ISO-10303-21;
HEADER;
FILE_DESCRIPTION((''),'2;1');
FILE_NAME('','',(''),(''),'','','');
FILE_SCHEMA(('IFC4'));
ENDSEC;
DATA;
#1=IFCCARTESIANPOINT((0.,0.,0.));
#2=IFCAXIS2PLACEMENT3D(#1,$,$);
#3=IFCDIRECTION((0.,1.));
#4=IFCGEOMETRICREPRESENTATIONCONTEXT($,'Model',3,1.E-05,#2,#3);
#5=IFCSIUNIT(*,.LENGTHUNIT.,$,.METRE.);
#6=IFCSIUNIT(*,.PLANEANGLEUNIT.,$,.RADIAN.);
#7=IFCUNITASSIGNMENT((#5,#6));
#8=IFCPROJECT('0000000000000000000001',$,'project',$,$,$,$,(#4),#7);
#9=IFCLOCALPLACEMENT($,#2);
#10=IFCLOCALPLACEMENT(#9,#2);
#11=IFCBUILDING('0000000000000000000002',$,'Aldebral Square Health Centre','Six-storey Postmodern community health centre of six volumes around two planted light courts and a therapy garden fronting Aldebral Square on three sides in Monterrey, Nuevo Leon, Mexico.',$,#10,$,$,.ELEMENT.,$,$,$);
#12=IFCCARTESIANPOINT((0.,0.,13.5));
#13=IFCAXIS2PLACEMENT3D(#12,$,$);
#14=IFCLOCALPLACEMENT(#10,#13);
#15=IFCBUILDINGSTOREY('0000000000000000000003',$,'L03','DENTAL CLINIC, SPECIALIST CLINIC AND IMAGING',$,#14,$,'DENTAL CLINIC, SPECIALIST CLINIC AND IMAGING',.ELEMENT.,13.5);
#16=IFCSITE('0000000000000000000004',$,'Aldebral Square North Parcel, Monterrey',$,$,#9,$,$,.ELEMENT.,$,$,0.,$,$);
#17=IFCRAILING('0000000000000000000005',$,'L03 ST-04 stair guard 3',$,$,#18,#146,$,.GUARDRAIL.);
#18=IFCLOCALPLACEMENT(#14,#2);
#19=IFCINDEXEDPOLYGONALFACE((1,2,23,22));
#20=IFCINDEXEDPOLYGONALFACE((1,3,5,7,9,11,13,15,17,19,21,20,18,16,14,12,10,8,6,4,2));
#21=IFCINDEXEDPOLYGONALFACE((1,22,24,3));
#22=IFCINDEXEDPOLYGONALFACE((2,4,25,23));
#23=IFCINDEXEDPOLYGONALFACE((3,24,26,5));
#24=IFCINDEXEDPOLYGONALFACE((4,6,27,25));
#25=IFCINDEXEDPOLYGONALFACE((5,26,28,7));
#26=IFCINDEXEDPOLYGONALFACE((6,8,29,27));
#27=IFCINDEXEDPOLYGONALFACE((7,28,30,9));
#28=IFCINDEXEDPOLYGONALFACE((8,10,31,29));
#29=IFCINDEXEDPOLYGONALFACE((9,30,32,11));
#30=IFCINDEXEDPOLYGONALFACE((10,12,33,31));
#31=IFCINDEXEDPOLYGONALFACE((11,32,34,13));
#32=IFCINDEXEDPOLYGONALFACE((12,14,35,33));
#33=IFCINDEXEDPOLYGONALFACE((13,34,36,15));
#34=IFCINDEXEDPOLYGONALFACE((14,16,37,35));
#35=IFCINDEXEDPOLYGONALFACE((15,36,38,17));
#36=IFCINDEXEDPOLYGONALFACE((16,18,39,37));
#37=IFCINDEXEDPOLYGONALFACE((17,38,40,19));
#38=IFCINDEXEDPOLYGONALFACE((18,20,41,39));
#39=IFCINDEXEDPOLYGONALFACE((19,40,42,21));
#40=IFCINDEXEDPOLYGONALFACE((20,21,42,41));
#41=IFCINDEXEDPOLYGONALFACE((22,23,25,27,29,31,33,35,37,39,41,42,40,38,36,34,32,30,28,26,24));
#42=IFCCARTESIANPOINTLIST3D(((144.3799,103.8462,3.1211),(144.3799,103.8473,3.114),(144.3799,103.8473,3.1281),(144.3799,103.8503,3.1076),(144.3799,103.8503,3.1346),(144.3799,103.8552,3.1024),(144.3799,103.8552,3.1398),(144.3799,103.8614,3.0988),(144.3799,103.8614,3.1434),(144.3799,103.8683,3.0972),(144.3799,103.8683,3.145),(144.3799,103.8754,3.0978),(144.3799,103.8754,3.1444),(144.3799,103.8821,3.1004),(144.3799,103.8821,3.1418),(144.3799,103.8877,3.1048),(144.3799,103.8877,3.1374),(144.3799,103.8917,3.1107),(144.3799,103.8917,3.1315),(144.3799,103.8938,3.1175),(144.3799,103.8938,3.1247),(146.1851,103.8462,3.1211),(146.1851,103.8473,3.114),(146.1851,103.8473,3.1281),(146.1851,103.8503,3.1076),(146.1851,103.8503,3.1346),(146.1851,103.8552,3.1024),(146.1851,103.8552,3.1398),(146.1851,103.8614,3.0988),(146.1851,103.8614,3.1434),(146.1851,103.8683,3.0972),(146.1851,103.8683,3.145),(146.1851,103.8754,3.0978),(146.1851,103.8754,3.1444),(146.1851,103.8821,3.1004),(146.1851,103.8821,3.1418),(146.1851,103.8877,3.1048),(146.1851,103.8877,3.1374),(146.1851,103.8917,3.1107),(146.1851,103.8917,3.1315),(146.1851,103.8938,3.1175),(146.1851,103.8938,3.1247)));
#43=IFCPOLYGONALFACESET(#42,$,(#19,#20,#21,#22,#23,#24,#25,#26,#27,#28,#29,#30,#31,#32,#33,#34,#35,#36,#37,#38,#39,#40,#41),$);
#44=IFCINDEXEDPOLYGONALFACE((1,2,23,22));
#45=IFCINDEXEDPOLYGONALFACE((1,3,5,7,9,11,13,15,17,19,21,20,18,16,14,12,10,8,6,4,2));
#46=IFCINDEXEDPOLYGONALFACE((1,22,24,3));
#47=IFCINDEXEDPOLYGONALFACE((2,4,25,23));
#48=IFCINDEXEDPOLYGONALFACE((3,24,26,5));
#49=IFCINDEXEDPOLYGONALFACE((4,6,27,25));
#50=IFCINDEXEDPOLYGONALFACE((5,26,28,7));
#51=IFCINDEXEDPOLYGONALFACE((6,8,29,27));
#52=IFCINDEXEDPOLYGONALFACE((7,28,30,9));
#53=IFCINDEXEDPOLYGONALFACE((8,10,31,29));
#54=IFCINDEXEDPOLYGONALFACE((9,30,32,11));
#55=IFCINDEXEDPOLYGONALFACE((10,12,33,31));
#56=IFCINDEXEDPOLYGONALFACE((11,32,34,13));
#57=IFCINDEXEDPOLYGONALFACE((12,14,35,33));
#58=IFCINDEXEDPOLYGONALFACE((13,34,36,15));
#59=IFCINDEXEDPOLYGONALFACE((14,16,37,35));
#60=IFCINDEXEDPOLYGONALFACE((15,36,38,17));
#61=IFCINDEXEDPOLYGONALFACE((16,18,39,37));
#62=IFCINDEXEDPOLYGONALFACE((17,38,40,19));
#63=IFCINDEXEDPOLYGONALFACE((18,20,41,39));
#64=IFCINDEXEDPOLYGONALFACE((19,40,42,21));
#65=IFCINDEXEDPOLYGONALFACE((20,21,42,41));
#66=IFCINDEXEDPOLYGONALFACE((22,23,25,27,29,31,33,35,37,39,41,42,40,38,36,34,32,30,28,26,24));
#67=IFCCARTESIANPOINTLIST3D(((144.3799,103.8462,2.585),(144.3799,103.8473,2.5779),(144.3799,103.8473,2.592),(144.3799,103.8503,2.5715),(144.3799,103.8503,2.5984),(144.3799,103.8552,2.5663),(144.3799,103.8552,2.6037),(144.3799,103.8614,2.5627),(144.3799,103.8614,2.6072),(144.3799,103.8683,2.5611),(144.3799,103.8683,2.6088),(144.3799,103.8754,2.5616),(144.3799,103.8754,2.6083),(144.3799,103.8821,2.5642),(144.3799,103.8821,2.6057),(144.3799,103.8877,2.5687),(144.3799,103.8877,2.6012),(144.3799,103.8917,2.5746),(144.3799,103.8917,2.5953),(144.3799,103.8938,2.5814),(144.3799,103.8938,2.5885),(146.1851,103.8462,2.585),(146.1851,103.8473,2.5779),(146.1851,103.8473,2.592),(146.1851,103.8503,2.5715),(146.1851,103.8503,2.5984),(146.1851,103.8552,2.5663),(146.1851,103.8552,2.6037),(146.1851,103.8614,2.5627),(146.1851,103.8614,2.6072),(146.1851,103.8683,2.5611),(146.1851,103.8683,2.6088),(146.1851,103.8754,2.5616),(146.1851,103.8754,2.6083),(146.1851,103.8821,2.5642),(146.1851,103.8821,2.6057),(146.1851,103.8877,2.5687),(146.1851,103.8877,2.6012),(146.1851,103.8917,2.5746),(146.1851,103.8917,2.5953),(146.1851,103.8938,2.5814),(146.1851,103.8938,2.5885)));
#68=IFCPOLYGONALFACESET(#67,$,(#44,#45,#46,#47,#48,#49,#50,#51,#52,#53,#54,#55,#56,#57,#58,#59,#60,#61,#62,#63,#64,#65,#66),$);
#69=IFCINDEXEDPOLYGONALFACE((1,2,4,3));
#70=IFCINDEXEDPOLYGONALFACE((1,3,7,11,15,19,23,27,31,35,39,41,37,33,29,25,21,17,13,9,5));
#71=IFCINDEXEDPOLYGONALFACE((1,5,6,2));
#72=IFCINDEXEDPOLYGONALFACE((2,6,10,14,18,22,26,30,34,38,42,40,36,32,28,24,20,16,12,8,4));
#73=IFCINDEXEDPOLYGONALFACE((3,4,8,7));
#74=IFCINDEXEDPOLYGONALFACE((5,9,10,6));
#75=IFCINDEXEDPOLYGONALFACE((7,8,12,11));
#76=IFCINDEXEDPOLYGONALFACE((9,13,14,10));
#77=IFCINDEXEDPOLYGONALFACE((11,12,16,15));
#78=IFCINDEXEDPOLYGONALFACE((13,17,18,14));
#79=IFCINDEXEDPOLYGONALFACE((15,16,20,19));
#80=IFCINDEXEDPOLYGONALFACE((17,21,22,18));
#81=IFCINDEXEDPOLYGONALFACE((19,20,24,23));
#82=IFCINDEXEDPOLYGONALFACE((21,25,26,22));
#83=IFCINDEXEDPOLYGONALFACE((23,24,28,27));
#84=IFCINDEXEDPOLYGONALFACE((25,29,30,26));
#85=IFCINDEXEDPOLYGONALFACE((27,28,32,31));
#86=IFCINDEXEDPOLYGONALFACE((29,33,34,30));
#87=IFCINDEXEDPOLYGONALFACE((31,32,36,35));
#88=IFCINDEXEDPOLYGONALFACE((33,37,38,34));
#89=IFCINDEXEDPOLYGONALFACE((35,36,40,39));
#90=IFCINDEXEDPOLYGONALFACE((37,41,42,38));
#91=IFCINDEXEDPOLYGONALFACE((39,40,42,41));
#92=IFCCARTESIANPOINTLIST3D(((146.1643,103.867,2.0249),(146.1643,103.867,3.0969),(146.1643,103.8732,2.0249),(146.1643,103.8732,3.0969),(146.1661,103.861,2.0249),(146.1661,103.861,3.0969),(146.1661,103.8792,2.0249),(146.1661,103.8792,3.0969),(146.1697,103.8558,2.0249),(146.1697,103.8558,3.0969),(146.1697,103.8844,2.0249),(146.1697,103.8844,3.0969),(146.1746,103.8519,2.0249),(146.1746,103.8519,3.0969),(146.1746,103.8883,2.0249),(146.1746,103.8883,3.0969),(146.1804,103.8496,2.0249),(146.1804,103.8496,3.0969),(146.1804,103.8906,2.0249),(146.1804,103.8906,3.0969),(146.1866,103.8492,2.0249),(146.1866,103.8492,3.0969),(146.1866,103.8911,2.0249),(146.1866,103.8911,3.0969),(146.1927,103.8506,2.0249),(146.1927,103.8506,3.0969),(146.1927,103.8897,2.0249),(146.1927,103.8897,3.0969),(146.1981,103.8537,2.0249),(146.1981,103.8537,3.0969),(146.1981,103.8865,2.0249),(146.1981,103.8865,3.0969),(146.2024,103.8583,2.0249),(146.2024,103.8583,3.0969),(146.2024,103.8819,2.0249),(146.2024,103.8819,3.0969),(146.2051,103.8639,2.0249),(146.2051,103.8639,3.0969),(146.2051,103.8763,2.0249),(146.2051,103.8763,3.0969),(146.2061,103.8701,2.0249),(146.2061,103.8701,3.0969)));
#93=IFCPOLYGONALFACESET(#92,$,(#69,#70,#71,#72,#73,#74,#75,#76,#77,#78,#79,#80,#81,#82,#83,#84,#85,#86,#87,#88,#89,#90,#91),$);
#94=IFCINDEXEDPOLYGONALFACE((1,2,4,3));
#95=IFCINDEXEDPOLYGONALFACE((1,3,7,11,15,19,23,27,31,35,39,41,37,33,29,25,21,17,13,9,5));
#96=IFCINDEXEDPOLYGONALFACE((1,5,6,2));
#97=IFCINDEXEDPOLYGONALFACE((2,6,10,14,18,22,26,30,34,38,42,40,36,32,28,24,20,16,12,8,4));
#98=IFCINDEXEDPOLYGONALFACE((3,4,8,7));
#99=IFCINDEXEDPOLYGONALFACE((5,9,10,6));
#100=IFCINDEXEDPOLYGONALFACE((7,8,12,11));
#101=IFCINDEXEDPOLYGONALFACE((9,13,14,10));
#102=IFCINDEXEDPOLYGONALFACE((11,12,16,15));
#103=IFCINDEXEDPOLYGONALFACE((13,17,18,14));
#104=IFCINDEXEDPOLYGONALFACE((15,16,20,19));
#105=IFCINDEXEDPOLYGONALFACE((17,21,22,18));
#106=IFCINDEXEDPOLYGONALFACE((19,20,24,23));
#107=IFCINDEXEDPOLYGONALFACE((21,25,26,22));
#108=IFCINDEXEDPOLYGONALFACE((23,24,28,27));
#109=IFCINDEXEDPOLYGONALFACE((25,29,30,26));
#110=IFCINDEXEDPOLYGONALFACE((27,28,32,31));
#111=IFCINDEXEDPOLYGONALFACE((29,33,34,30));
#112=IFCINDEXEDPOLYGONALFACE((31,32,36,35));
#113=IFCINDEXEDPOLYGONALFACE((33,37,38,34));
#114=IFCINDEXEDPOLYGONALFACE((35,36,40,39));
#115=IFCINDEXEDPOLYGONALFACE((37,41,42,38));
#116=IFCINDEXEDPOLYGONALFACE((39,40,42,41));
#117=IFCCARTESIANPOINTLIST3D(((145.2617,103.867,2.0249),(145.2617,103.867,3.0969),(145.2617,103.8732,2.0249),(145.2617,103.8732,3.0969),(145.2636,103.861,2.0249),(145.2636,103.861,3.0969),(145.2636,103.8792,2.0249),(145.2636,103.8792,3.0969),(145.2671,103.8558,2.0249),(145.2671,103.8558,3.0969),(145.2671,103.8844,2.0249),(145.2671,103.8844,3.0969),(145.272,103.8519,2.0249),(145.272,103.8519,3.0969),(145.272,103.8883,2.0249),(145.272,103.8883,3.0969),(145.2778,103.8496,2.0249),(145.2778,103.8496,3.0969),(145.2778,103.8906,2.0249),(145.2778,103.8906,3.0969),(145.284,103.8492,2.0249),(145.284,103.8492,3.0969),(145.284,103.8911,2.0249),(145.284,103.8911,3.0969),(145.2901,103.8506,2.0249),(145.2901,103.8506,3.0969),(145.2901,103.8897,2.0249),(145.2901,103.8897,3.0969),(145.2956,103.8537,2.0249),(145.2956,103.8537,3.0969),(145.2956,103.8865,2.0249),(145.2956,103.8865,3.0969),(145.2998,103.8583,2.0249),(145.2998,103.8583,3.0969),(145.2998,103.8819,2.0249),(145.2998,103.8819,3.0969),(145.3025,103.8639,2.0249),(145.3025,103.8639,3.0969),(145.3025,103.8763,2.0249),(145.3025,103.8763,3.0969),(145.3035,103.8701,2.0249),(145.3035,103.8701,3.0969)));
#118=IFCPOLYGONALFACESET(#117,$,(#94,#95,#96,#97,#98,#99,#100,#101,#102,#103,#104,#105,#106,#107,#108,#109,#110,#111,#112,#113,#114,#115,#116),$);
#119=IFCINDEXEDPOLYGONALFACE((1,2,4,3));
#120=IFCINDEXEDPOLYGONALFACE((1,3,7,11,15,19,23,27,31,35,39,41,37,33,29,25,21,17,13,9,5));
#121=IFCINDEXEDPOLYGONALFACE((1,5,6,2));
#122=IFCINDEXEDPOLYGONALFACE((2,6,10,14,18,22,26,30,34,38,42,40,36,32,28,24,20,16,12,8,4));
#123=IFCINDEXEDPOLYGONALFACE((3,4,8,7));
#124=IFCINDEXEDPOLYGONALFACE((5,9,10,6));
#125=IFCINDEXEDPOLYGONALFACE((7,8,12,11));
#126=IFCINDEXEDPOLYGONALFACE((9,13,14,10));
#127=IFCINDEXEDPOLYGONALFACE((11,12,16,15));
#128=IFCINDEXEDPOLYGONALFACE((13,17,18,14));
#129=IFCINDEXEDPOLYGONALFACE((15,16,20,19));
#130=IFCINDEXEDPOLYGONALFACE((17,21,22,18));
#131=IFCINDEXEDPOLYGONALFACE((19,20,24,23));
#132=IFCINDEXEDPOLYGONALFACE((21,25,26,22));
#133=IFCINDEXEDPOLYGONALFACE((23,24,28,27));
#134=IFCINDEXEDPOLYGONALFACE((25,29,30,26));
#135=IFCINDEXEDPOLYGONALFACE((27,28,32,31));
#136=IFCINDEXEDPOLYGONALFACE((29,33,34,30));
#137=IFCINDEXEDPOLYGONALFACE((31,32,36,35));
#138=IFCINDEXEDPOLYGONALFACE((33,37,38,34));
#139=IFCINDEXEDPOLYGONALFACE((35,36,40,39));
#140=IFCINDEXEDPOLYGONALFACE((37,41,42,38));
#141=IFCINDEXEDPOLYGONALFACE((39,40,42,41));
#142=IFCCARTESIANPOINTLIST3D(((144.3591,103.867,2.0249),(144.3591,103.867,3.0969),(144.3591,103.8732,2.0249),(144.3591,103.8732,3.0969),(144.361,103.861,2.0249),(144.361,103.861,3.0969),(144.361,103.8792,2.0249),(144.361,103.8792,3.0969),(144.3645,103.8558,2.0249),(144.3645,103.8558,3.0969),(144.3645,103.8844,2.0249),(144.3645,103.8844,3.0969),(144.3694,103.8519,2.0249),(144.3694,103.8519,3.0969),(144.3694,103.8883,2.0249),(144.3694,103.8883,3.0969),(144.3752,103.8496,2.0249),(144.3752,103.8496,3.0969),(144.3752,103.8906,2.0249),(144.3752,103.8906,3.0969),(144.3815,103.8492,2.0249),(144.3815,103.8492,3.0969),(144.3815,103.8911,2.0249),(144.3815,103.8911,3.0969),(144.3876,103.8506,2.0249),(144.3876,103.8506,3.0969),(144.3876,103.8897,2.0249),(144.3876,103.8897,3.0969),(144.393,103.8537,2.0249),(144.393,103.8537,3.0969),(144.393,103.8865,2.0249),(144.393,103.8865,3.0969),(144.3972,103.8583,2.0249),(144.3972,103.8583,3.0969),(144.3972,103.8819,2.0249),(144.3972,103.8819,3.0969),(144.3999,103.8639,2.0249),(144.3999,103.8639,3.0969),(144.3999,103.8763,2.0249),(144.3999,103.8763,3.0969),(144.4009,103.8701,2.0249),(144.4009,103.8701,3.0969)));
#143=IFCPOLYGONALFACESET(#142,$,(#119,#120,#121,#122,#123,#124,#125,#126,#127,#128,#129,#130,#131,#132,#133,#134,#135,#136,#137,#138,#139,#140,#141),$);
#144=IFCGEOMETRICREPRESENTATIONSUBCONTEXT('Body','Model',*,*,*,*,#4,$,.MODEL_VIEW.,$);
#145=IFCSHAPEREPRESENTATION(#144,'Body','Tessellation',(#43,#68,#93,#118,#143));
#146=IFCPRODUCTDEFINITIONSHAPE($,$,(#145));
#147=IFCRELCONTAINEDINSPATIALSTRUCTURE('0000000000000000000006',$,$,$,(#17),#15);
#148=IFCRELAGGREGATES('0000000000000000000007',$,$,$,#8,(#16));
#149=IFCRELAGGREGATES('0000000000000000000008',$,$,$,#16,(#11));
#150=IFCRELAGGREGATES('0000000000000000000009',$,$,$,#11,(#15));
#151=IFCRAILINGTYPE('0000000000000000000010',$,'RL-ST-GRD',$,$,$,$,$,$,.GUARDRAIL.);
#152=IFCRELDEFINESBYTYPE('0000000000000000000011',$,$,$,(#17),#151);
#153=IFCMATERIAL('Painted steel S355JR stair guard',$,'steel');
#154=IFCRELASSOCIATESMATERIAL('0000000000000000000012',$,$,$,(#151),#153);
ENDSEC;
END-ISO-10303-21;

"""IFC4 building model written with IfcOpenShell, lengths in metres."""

from ifc_helpers import new_model, si_unit, direction, frame, origin, origin_2d, place, context, subcontext, project, spatial, circle, extrude, material, type_object, element, save


model = new_model("IFC4")

# Units and contexts
model_context = context("Model", 3, precision=1e-05, world=origin(), true_north=direction((0.0, 1.0)))
body_context = subcontext(model_context, "Body", "Model", "MODEL_VIEW")
ifc_project = project(units=[si_unit("LENGTHUNIT", "METRE"), si_unit("PLANEANGLEUNIT", "RADIAN")], contexts=[model_context])

# Site, building, storey
site_placement = place(None, origin())
site = spatial("IfcSite", under=ifc_project, at=site_placement, Name="Aldebral Square North Parcel, Monterrey", CompositionType="ELEMENT", RefElevation=0.0)
building_placement = place(site_placement, origin())
building = spatial("IfcBuilding", under=site, at=building_placement, Name="Aldebral Square Health Centre", Description="Six-storey Postmodern community health centre of six volumes around two planted light courts and a therapy garden fronting Aldebral Square on three sides in Monterrey, Nuevo Leon, Mexico.", CompositionType="ELEMENT")
storey_placement = place(building_placement, frame((0.0, 0.0, 13.5)))
storey = spatial("IfcBuildingStorey", under=building, at=storey_placement, Name="L03", Description="DENTAL CLINIC, SPECIALIST CLINIC AND IMAGING", LongName="DENTAL CLINIC, SPECIALIST CLINIC AND IMAGING", CompositionType="ELEMENT", Elevation=13.5)

# Railing
ifc_material_1 = material(Name="Painted steel S355JR stair guard", Category="steel")
railing_type_1 = type_object("IfcRailingType", Name="RL-ST-GRD", PredefinedType="GUARDRAIL", material=ifc_material_1)
for number, where, name in (
    (1, (146.1851, 103.8701, 2.0249), "L03 ST-04 stair guard 3"),
):
    element("IfcRailing", number, at=place(storey_placement, frame(where)), inside=storey, type_object=railing_type_1, Name=name, PredefinedType="GUARDRAIL", context=body_context, shape_type="SweptSolid", body=[
        extrude(circle(Radius=0.0239, at=origin_2d()), frame((0.0, 0.0, 1.0962), z_axis=(-1.0, 0.0, 0.0), x_axis=(0.0, -1.0, 0.0)), (0.0, 0.0, 1.0), 1.8052),
        extrude(circle(Radius=0.0239, at=origin_2d()), frame((0.0, 0.0, 0.5601), z_axis=(-1.0, 0.0, 0.0), x_axis=(0.0, -1.0, 0.0)), (0.0, 0.0, 1.0), 1.8052),
        extrude(circle(Radius=0.021, at=origin_2d()), origin(), (0.0, 0.0, 1.0), 1.072),
        extrude(circle(Radius=0.021, at=origin_2d()), frame((-0.9026, 0.0, 0.0)), (0.0, 0.0, 1.0), 1.072),
        extrude(circle(Radius=0.021, at=origin_2d()), frame((-1.8052, 0.0, 0.0)), (0.0, 0.0, 1.0), 1.072),
    ])

save(model, "model.ifc")
